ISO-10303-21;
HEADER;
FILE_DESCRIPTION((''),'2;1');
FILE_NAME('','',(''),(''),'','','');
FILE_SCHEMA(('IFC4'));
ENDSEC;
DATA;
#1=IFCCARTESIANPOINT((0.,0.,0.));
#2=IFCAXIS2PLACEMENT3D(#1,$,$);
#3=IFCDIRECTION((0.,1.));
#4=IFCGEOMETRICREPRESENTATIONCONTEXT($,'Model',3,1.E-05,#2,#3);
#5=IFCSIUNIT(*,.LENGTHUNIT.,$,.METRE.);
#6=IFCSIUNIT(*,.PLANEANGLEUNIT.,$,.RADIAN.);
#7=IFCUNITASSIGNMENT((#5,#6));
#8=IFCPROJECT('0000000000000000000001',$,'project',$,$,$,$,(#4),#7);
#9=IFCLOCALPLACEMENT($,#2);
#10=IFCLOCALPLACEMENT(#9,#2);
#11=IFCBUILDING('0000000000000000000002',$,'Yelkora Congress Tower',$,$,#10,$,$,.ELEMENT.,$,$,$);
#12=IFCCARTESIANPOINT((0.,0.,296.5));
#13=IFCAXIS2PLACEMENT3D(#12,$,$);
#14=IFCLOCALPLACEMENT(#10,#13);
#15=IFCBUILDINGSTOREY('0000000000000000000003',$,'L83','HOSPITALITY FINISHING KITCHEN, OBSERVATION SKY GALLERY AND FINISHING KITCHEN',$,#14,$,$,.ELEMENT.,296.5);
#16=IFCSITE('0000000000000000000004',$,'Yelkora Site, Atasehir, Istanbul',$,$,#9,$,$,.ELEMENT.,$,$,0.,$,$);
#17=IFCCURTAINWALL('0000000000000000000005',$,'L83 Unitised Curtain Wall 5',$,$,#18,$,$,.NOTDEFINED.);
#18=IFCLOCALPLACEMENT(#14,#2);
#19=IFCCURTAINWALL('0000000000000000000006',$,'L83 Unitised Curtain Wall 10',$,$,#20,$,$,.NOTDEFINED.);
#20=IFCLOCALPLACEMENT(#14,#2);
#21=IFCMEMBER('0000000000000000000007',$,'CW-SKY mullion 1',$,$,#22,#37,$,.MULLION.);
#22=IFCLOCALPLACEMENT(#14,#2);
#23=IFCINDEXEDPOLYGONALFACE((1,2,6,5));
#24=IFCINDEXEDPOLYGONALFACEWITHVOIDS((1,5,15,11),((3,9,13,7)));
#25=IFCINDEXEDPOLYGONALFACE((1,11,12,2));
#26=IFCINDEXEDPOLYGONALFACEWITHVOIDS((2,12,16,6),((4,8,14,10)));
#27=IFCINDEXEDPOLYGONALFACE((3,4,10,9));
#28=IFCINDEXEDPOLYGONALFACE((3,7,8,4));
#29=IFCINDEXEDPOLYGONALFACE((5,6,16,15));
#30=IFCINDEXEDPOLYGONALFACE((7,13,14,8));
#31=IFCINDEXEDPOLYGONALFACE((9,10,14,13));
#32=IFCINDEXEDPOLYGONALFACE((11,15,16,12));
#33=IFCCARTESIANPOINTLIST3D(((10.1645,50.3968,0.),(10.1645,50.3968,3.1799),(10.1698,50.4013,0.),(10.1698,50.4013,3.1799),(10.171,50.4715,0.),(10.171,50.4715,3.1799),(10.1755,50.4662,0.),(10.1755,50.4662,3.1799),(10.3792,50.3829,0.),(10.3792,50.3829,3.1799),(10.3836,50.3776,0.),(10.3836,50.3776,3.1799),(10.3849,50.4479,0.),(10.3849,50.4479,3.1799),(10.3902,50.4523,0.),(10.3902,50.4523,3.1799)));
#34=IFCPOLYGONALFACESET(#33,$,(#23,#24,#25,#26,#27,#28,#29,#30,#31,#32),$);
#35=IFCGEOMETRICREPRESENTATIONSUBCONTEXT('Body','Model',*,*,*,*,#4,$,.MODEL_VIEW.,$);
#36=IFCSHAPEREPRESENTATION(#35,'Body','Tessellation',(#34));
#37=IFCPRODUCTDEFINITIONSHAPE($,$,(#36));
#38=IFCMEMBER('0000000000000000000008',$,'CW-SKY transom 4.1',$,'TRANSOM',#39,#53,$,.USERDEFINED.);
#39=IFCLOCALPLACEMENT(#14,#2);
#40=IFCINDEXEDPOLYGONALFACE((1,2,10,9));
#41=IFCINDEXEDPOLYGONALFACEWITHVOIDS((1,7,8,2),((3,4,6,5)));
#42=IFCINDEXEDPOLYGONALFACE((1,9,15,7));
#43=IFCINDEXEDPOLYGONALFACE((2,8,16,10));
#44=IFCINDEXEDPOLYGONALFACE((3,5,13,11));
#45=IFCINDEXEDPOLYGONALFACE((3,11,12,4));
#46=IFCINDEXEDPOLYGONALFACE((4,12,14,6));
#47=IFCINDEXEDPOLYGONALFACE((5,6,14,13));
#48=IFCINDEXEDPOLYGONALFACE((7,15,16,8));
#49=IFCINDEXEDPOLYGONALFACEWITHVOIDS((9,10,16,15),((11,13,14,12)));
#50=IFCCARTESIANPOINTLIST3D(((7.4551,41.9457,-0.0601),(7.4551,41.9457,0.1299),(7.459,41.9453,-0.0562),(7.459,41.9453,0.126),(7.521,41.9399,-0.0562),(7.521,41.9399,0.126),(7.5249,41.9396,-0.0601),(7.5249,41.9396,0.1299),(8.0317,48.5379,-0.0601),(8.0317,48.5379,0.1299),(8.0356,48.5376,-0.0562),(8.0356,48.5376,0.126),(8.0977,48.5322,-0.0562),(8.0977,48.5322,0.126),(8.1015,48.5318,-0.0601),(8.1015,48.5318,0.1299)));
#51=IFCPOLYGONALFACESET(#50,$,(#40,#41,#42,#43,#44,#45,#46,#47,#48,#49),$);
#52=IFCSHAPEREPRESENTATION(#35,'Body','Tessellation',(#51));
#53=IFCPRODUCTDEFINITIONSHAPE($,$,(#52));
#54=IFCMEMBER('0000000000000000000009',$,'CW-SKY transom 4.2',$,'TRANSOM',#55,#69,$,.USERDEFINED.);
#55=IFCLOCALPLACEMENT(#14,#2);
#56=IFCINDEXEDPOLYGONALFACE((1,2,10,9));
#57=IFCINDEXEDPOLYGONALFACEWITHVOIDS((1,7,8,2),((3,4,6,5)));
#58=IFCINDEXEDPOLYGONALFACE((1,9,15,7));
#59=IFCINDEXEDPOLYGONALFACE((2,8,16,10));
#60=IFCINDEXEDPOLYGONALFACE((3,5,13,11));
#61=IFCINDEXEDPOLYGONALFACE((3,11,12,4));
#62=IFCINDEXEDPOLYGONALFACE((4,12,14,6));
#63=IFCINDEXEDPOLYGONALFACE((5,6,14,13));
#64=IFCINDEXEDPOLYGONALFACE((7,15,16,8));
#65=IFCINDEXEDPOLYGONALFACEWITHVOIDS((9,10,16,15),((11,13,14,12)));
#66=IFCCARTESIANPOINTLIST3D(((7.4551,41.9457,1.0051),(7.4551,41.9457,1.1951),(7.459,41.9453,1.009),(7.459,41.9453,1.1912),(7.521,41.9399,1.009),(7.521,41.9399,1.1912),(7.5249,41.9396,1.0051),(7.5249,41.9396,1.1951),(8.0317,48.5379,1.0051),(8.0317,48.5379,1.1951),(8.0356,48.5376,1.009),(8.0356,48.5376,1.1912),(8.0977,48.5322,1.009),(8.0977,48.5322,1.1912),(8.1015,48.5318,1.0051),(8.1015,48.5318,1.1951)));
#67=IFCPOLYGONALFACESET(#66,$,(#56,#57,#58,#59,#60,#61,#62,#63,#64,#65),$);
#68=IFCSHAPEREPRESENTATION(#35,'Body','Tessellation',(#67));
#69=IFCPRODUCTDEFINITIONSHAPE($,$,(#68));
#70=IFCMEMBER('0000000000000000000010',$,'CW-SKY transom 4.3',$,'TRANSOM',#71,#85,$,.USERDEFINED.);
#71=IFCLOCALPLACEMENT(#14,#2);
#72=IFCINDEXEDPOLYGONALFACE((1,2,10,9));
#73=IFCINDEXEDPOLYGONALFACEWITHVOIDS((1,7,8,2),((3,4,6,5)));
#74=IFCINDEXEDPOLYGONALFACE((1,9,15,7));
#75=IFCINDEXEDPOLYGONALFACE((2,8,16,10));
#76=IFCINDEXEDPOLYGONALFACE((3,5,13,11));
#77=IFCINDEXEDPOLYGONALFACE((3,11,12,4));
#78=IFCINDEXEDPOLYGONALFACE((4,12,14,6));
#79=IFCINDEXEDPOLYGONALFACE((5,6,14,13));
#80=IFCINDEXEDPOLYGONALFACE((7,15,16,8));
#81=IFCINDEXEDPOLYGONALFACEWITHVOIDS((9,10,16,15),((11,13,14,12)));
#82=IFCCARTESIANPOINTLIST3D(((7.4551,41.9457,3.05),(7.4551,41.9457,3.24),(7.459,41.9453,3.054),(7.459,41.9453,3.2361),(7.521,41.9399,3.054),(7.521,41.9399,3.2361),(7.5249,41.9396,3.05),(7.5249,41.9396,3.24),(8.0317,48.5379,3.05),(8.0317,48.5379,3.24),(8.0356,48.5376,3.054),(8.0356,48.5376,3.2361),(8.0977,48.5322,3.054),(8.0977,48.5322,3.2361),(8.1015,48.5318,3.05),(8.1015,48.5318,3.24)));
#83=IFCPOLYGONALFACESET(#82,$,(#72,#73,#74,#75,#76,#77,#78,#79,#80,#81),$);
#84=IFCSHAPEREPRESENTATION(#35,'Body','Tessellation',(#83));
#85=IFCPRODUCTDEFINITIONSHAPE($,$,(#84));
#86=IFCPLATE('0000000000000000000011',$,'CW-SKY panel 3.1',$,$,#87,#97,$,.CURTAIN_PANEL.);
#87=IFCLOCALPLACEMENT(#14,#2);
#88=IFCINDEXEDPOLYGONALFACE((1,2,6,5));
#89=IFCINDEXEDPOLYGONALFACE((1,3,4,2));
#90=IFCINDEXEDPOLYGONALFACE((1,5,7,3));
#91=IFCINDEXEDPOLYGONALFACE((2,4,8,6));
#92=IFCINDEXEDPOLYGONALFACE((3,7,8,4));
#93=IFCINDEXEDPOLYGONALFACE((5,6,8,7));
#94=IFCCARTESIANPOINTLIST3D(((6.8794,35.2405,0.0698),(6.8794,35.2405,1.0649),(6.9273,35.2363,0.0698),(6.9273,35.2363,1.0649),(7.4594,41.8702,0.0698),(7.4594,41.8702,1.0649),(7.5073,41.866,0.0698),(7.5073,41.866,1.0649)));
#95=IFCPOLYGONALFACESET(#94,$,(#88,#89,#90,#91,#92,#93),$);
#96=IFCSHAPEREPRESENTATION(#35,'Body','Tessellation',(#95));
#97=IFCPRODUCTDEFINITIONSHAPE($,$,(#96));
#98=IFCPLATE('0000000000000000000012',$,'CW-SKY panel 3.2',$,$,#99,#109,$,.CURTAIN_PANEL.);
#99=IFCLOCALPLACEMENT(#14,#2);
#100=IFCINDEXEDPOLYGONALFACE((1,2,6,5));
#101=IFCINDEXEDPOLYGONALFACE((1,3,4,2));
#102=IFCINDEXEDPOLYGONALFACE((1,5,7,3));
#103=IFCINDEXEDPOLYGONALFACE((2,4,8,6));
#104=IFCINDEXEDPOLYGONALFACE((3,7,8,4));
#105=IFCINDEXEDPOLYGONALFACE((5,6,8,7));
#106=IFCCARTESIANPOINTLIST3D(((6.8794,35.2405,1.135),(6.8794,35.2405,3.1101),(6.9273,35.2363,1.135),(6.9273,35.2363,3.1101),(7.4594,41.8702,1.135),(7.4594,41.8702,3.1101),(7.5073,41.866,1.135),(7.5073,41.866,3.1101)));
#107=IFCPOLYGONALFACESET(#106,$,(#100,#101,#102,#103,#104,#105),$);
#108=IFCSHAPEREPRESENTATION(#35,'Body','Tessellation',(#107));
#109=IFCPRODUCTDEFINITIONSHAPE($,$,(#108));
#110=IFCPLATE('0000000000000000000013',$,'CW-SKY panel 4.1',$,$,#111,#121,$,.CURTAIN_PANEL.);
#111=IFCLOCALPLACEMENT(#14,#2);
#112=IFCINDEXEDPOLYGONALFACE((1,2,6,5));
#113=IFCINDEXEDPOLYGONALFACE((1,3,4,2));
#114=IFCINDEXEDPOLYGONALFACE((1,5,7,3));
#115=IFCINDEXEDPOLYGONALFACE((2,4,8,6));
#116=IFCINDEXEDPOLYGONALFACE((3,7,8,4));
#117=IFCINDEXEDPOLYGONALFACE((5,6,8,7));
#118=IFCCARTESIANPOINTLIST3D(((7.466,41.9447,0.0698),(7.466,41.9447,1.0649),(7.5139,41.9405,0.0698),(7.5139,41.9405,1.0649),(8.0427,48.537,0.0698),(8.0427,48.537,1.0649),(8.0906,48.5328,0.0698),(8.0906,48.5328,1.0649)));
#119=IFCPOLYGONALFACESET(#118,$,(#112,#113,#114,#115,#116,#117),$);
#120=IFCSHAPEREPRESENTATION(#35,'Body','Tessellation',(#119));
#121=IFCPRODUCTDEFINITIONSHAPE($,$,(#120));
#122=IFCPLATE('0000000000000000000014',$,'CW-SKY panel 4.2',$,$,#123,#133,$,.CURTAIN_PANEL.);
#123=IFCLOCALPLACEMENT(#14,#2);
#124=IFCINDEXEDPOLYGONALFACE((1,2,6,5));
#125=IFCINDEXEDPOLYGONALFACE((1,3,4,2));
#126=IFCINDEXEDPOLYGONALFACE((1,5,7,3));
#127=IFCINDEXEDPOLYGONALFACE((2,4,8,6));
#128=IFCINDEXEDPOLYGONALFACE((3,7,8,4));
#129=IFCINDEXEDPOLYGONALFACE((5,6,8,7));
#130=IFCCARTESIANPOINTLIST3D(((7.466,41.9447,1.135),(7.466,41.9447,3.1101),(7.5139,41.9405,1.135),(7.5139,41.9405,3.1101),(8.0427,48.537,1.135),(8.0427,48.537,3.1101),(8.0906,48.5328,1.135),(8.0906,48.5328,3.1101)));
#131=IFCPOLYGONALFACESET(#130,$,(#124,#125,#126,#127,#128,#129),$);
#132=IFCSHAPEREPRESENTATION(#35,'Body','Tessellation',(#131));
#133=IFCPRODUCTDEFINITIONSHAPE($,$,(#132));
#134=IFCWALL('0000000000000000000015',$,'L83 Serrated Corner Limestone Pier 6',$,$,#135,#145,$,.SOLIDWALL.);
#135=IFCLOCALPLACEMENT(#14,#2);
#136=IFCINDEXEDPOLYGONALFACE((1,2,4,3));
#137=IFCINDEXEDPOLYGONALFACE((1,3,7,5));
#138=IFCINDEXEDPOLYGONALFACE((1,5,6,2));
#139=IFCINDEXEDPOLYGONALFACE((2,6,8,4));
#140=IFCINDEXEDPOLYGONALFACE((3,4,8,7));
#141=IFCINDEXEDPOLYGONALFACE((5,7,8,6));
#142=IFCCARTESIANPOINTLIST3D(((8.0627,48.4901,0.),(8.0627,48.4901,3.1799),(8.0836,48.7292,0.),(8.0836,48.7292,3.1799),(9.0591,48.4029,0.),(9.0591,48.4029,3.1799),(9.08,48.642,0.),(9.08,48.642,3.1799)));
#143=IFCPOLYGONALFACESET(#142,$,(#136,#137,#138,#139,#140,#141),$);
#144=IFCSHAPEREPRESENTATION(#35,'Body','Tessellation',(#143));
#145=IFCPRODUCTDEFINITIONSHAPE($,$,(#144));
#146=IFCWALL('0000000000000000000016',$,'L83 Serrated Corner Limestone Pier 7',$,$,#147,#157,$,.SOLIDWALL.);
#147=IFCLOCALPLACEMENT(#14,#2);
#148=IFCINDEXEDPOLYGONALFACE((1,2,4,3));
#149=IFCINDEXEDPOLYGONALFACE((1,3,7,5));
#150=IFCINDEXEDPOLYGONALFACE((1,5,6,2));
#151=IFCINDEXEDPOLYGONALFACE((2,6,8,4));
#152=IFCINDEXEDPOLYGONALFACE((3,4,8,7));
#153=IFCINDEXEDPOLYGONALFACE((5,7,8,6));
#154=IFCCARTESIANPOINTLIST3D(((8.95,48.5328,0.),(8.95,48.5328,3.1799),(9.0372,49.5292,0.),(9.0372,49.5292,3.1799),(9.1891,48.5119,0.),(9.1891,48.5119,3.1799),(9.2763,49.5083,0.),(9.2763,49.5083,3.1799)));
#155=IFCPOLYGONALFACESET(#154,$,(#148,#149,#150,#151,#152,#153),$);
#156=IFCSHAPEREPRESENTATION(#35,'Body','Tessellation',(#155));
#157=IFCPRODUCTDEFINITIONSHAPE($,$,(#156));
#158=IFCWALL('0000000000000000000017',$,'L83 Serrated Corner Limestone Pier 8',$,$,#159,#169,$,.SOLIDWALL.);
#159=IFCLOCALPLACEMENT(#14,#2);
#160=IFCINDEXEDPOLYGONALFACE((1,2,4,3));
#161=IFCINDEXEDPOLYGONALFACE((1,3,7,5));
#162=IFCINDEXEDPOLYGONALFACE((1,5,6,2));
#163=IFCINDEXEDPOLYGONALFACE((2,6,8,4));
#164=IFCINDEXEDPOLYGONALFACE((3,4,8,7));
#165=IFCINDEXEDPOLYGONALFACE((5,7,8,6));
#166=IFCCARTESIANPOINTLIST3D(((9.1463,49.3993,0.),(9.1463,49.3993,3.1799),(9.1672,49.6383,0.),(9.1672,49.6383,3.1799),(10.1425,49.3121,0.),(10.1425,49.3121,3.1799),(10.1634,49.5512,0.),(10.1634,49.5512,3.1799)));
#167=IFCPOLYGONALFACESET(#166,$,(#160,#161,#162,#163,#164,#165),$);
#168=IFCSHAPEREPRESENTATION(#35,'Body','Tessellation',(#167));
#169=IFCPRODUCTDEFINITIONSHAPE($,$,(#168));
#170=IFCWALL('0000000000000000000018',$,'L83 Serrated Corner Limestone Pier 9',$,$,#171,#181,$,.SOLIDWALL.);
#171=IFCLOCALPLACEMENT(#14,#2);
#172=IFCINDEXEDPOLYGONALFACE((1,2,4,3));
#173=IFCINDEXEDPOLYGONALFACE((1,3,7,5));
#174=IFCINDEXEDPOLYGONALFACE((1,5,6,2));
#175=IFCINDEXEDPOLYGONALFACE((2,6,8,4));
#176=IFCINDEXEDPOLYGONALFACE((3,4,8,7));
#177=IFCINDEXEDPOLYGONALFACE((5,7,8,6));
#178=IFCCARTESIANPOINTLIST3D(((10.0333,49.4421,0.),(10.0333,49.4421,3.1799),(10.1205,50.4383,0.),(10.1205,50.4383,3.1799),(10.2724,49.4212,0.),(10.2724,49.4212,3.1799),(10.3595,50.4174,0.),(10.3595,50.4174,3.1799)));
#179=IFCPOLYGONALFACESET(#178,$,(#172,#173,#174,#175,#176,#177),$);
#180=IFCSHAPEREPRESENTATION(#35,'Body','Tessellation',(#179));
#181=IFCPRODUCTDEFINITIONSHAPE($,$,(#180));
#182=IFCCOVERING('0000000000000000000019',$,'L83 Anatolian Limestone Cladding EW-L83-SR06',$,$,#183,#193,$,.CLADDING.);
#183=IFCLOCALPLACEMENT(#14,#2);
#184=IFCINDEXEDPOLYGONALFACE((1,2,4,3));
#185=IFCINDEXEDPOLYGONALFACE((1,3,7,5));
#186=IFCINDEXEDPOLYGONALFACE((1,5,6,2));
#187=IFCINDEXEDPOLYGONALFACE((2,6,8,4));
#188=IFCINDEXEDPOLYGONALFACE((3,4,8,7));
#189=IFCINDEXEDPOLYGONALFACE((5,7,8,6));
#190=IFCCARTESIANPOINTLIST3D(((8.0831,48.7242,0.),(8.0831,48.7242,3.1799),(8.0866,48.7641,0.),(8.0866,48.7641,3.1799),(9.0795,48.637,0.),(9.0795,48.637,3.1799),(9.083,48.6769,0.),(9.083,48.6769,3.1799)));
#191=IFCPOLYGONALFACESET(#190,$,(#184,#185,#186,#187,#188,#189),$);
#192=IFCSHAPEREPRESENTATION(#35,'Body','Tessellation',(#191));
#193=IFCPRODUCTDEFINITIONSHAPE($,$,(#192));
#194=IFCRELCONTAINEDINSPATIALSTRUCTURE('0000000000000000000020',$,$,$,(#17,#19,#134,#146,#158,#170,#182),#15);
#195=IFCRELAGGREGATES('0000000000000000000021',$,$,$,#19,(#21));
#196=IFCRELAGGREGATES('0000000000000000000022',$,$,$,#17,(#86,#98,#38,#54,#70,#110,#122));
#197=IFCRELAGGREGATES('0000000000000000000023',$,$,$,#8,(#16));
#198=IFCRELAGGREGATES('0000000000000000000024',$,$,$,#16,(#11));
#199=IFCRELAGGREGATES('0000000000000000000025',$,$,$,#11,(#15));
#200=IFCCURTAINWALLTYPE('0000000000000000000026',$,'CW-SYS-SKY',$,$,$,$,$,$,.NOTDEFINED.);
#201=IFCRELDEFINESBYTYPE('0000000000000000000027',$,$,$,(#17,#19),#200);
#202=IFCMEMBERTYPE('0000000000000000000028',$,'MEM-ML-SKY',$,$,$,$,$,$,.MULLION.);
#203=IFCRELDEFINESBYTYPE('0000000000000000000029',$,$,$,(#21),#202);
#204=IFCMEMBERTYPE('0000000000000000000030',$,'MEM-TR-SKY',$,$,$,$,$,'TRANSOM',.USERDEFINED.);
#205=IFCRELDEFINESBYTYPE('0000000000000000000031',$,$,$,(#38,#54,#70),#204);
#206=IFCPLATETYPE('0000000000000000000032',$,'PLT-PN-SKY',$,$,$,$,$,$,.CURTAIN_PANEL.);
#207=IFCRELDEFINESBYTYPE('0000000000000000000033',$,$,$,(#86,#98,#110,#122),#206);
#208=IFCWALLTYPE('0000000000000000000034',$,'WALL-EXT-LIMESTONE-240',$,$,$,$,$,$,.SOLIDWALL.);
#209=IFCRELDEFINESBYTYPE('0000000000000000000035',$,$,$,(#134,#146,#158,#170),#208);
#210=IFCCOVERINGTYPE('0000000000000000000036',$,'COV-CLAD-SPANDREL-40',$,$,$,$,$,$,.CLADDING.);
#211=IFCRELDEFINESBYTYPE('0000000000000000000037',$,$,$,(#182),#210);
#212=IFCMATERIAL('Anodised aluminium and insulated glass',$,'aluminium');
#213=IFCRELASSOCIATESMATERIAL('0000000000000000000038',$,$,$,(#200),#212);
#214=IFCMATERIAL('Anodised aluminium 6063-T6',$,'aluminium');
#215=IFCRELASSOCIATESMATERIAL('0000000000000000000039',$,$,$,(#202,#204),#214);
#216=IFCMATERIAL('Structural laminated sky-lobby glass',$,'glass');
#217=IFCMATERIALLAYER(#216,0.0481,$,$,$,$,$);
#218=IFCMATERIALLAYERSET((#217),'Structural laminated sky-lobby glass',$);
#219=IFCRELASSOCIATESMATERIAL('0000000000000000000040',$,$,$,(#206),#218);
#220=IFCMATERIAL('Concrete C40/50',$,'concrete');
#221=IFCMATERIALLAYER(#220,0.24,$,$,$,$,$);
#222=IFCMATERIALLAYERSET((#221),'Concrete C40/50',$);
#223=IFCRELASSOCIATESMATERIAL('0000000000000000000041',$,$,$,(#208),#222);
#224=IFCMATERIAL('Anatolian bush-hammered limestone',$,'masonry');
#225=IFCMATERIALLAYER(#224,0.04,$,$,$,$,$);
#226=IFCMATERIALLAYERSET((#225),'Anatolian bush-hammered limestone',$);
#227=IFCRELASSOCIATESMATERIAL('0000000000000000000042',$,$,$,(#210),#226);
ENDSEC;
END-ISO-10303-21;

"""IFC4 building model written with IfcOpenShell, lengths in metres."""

from ifc_helpers import new_model, si_unit, direction, frame, frame_2d, origin, origin_2d, place, context, subcontext, project, spatial, rectangle, hollow_rectangle, extrude, material, layer, layer_set, material_profile, profile_set, type_object, element, aggregate, save


model = new_model("IFC4")

# Units and contexts
model_context = context("Model", 3, precision=1e-05, world=origin(), true_north=direction((0.0, 1.0)))
body_context = subcontext(model_context, "Body", "Model", "MODEL_VIEW")
ifc_project = project(units=[si_unit("LENGTHUNIT", "METRE"), si_unit("PLANEANGLEUNIT", "RADIAN")], contexts=[model_context])

# Site, building, storey
site_placement = place(None, origin())
site = spatial("IfcSite", under=ifc_project, at=site_placement, Name="Yelkora Site, Atasehir, Istanbul", CompositionType="ELEMENT", RefElevation=0.0)
building_placement = place(site_placement, origin())
building = spatial("IfcBuilding", under=site, at=building_placement, Name="Yelkora Congress Tower", CompositionType="ELEMENT")
storey_placement = place(building_placement, frame((0.0, 0.0, 296.5)))
storey = spatial("IfcBuildingStorey", under=building, at=storey_placement, Name="L83", Description="HOSPITALITY FINISHING KITCHEN, OBSERVATION SKY GALLERY AND FINISHING KITCHEN", CompositionType="ELEMENT", Elevation=296.5)

# Curtain wall
ifc_material_1 = material(Name="Anodised aluminium and insulated glass", Category="aluminium")
curtain_wall_type = type_object("IfcCurtainWallType", Name="CW-SYS-SKY", PredefinedType="NOTDEFINED", material=ifc_material_1)
curtain_wall_1_placement = place(storey_placement, origin())
curtain_wall_1 = element("IfcCurtainWall", 1, at=curtain_wall_1_placement, inside=storey, type_object=curtain_wall_type, Name="L83 Unitised Curtain Wall 5", PredefinedType="NOTDEFINED")
ifc_material_2 = material(Name="Anodised aluminium 6063-T6", Category="aluminium")
ifc_material_profile_1 = material_profile(ifc_material_2, hollow_rectangle(XDim=0.075, YDim=0.22, WallThickness=0.0049, at=origin_2d()), Name="ALU 75x220x5")
ifc_profile_set_1 = profile_set([ifc_material_profile_1], Name="Anodised aluminium 6063-T6")
member_type_1 = type_object("IfcMemberType", Name="MEM-ML-SKY", PredefinedType="MULLION", material=ifc_profile_set_1)

# Curtain wall, member
curtain_wall_2_placement = place(storey_placement, origin())
curtain_wall_2 = element("IfcCurtainWall", 2, at=curtain_wall_2_placement, inside=storey, type_object=curtain_wall_type, Name="L83 Unitised Curtain Wall 10", PredefinedType="NOTDEFINED")
member_1_placement = place(storey_placement, frame((10.2773, 50.4246, 0.0), z_axis=(0.0, 0.0, 1.0), x_axis=(0.087157, 0.996195, 0.0)))
member_1 = element("IfcMember", 3, at=member_1_placement, type_object=member_type_1, Name="CW-SKY mullion 1", PredefinedType="MULLION", context=body_context, shape_type="SweptSolid", body=[
    extrude(hollow_rectangle(XDim=0.075, YDim=0.22, WallThickness=0.0049, at=origin_2d()), origin(), (0.0, 0.0, 1.0), 3.1799),
])
aggregate(curtain_wall_2, [member_1])

# Members
ifc_material_profile_2 = material_profile(ifc_material_2, hollow_rectangle(XDim=0.0701, YDim=0.1899, WallThickness=0.0039, at=origin_2d()), Name="ALU 70x190x4")
ifc_profile_set_2 = profile_set([ifc_material_profile_2], Name="Anodised aluminium 6063-T6")
member_type_2 = type_object("IfcMemberType", Name="MEM-TR-SKY", ElementType="TRANSOM", PredefinedType="USERDEFINED", material=ifc_profile_set_2)
member_2_placement = place(storey_placement, frame((7.49, 41.9426, 0.0349), z_axis=(0.087142, 0.996196, 0.0), x_axis=(-0.996196, 0.087142, 0.0)))
member_2 = element("IfcMember", 4, at=member_2_placement, type_object=member_type_2, Name="CW-SKY transom 4.1", ObjectType="TRANSOM", PredefinedType="USERDEFINED", context=body_context, shape_type="SweptSolid", body=[
    extrude(hollow_rectangle(XDim=0.0701, YDim=0.1899, WallThickness=0.0039, at=origin_2d()), origin(), (0.0, 0.0, 1.0), 6.6174),
])
member_3_placement = place(storey_placement, frame((7.49, 41.9426, 1.1001), z_axis=(0.087142, 0.996196, 0.0), x_axis=(-0.996196, 0.087142, 0.0)))
member_3 = element("IfcMember", 5, at=member_3_placement, type_object=member_type_2, Name="CW-SKY transom 4.2", ObjectType="TRANSOM", PredefinedType="USERDEFINED", context=body_context, shape_type="SweptSolid", body=[
    extrude(hollow_rectangle(XDim=0.0701, YDim=0.1899, WallThickness=0.0039, at=origin_2d()), origin(), (0.0, 0.0, 1.0), 6.6174),
])
member_4_placement = place(storey_placement, frame((7.49, 41.9426, 3.145), z_axis=(0.087142, 0.996196, 0.0), x_axis=(-0.996196, 0.087142, 0.0)))
member_4 = element("IfcMember", 6, at=member_4_placement, type_object=member_type_2, Name="CW-SKY transom 4.3", ObjectType="TRANSOM", PredefinedType="USERDEFINED", context=body_context, shape_type="SweptSolid", body=[
    extrude(hollow_rectangle(XDim=0.0701, YDim=0.1899, WallThickness=0.0039, at=origin_2d()), origin(), (0.0, 0.0, 1.0), 6.6174),
])

# Plates
ifc_material_3 = material(Name="Structural laminated sky-lobby glass", Category="glass")
ifc_layer_1 = layer(ifc_material_3, 0.0481)
ifc_layer_set_1 = layer_set([ifc_layer_1], Name="Structural laminated sky-lobby glass")
plate_type = type_object("IfcPlateType", Name="PLT-PN-SKY", PredefinedType="CURTAIN_PANEL", material=ifc_layer_set_1)
plate_1_placement = place(storey_placement, frame((7.1934, 38.5532, 0.0698), z_axis=(0.0, 0.0, 1.0), x_axis=(0.087155, 0.996195, 0.0)))
plate_1 = element("IfcPlate", 7, at=plate_1_placement, type_object=plate_type, Name="CW-SKY panel 3.1", PredefinedType="CURTAIN_PANEL", context=body_context, shape_type="SweptSolid", body=[
    extrude(rectangle(XDim=6.655, YDim=0.0481, at=origin_2d()), origin(), (0.0, 0.0, 1.0), 0.9951),
])
plate_2_placement = place(storey_placement, frame((7.1934, 38.5532, 1.135), z_axis=(0.0, 0.0, 1.0), x_axis=(0.087155, 0.996195, 0.0)))
plate_2 = element("IfcPlate", 8, at=plate_2_placement, type_object=plate_type, Name="CW-SKY panel 3.2", PredefinedType="CURTAIN_PANEL", context=body_context, shape_type="SweptSolid", body=[
    extrude(rectangle(XDim=6.655, YDim=0.0481, at=origin_2d()), origin(), (0.0, 0.0, 1.0), 1.9751),
])
plate_3_placement = place(storey_placement, frame((7.7783, 45.2388, 0.0698), z_axis=(0.0, 0.0, 1.0), x_axis=(0.087155, 0.996195, 0.0)))
plate_3 = element("IfcPlate", 9, at=plate_3_placement, type_object=plate_type, Name="CW-SKY panel 4.1", PredefinedType="CURTAIN_PANEL", context=body_context, shape_type="SweptSolid", body=[
    extrude(rectangle(XDim=6.6174, YDim=0.0481, at=origin_2d()), origin(), (0.0, 0.0, 1.0), 0.9951),
])
plate_4_placement = place(storey_placement, frame((7.7783, 45.2388, 1.135), z_axis=(0.0, 0.0, 1.0), x_axis=(0.087155, 0.996195, 0.0)))
plate_4 = element("IfcPlate", 10, at=plate_4_placement, type_object=plate_type, Name="CW-SKY panel 4.2", PredefinedType="CURTAIN_PANEL", context=body_context, shape_type="SweptSolid", body=[
    extrude(rectangle(XDim=6.6174, YDim=0.0481, at=origin_2d()), origin(), (0.0, 0.0, 1.0), 1.9751),
])
aggregate(curtain_wall_1, [plate_1, plate_2, member_2, member_3, member_4, plate_3, plate_4])

# Walls
ifc_material_4 = material(Name="Concrete C40/50", Category="concrete")
ifc_layer_2 = layer(ifc_material_4, 0.24)
ifc_layer_set_2 = layer_set([ifc_layer_2], Name="Concrete C40/50")
wall_type = type_object("IfcWallType", Name="WALL-EXT-LIMESTONE-240", PredefinedType="SOLIDWALL", material=ifc_layer_set_2)
for number, where, z_axis, x_axis, name in (
    (11, (8.0732, 48.6096, 0.0), (0.0, 0.0, 1.0), (0.996196, -0.087146, 0.0), "L83 Serrated Corner Limestone Pier 6"),
    (12, (9.0696, 48.5225, 0.0), (0.0, 0.0, 1.0), (0.087146, 0.996196, 0.0), "L83 Serrated Corner Limestone Pier 7"),
):
    element("IfcWall", number, at=place(storey_placement, frame(where, z_axis=z_axis, x_axis=x_axis)), inside=storey, type_object=wall_type, Name=name, PredefinedType="SOLIDWALL", context=body_context, shape_type="SweptSolid", body=[
        extrude(rectangle(XDim=1.0002, YDim=0.24, at=frame_2d((0.5, 0.0))), origin(), (0.0, 0.0, 1.0), 3.1799),
    ])
for number, where, z_axis, x_axis, name in (
    (13, (9.1567, 49.5188, 0.0), (0.0, 0.0, 1.0), (0.996194, -0.087167, 0.0), "L83 Serrated Corner Limestone Pier 8"),
    (14, (10.1528, 49.4316, 0.0), (0.0, 0.0, 1.0), (0.087167, 0.996194, 0.0), "L83 Serrated Corner Limestone Pier 9"),
):
    element("IfcWall", number, at=place(storey_placement, frame(where, z_axis=z_axis, x_axis=x_axis)), inside=storey, type_object=wall_type, Name=name, PredefinedType="SOLIDWALL", context=body_context, shape_type="SweptSolid", body=[
        extrude(rectangle(XDim=1.0, YDim=0.24, at=frame_2d((0.5, 0.0))), origin(), (0.0, 0.0, 1.0), 3.1799),
    ])

# Covering
ifc_material_5 = material(Name="Anatolian bush-hammered limestone", Category="masonry")
ifc_layer_3 = layer(ifc_material_5, 0.04)
ifc_layer_set_3 = layer_set([ifc_layer_3], Name="Anatolian bush-hammered limestone")
covering_type = type_object("IfcCoveringType", Name="COV-CLAD-SPANDREL-40", PredefinedType="CLADDING", material=ifc_layer_set_3)
for number, where, z_axis, x_axis, name in (
    (15, (8.085, 48.7441, 0.0), (0.0, 0.0, 1.0), (0.996196, -0.087146, 0.0), "L83 Anatolian Limestone Cladding EW-L83-SR06"),
):
    element("IfcCovering", number, at=place(storey_placement, frame(where, z_axis=z_axis, x_axis=x_axis)), inside=storey, type_object=covering_type, Name=name, PredefinedType="CLADDING", context=body_context, shape_type="SweptSolid", body=[
        extrude(rectangle(XDim=1.0002, YDim=0.04, at=frame_2d((0.5, 0.0))), origin(), (0.0, 0.0, 1.0), 3.1799),
    ])

save(model, "model.ifc")
